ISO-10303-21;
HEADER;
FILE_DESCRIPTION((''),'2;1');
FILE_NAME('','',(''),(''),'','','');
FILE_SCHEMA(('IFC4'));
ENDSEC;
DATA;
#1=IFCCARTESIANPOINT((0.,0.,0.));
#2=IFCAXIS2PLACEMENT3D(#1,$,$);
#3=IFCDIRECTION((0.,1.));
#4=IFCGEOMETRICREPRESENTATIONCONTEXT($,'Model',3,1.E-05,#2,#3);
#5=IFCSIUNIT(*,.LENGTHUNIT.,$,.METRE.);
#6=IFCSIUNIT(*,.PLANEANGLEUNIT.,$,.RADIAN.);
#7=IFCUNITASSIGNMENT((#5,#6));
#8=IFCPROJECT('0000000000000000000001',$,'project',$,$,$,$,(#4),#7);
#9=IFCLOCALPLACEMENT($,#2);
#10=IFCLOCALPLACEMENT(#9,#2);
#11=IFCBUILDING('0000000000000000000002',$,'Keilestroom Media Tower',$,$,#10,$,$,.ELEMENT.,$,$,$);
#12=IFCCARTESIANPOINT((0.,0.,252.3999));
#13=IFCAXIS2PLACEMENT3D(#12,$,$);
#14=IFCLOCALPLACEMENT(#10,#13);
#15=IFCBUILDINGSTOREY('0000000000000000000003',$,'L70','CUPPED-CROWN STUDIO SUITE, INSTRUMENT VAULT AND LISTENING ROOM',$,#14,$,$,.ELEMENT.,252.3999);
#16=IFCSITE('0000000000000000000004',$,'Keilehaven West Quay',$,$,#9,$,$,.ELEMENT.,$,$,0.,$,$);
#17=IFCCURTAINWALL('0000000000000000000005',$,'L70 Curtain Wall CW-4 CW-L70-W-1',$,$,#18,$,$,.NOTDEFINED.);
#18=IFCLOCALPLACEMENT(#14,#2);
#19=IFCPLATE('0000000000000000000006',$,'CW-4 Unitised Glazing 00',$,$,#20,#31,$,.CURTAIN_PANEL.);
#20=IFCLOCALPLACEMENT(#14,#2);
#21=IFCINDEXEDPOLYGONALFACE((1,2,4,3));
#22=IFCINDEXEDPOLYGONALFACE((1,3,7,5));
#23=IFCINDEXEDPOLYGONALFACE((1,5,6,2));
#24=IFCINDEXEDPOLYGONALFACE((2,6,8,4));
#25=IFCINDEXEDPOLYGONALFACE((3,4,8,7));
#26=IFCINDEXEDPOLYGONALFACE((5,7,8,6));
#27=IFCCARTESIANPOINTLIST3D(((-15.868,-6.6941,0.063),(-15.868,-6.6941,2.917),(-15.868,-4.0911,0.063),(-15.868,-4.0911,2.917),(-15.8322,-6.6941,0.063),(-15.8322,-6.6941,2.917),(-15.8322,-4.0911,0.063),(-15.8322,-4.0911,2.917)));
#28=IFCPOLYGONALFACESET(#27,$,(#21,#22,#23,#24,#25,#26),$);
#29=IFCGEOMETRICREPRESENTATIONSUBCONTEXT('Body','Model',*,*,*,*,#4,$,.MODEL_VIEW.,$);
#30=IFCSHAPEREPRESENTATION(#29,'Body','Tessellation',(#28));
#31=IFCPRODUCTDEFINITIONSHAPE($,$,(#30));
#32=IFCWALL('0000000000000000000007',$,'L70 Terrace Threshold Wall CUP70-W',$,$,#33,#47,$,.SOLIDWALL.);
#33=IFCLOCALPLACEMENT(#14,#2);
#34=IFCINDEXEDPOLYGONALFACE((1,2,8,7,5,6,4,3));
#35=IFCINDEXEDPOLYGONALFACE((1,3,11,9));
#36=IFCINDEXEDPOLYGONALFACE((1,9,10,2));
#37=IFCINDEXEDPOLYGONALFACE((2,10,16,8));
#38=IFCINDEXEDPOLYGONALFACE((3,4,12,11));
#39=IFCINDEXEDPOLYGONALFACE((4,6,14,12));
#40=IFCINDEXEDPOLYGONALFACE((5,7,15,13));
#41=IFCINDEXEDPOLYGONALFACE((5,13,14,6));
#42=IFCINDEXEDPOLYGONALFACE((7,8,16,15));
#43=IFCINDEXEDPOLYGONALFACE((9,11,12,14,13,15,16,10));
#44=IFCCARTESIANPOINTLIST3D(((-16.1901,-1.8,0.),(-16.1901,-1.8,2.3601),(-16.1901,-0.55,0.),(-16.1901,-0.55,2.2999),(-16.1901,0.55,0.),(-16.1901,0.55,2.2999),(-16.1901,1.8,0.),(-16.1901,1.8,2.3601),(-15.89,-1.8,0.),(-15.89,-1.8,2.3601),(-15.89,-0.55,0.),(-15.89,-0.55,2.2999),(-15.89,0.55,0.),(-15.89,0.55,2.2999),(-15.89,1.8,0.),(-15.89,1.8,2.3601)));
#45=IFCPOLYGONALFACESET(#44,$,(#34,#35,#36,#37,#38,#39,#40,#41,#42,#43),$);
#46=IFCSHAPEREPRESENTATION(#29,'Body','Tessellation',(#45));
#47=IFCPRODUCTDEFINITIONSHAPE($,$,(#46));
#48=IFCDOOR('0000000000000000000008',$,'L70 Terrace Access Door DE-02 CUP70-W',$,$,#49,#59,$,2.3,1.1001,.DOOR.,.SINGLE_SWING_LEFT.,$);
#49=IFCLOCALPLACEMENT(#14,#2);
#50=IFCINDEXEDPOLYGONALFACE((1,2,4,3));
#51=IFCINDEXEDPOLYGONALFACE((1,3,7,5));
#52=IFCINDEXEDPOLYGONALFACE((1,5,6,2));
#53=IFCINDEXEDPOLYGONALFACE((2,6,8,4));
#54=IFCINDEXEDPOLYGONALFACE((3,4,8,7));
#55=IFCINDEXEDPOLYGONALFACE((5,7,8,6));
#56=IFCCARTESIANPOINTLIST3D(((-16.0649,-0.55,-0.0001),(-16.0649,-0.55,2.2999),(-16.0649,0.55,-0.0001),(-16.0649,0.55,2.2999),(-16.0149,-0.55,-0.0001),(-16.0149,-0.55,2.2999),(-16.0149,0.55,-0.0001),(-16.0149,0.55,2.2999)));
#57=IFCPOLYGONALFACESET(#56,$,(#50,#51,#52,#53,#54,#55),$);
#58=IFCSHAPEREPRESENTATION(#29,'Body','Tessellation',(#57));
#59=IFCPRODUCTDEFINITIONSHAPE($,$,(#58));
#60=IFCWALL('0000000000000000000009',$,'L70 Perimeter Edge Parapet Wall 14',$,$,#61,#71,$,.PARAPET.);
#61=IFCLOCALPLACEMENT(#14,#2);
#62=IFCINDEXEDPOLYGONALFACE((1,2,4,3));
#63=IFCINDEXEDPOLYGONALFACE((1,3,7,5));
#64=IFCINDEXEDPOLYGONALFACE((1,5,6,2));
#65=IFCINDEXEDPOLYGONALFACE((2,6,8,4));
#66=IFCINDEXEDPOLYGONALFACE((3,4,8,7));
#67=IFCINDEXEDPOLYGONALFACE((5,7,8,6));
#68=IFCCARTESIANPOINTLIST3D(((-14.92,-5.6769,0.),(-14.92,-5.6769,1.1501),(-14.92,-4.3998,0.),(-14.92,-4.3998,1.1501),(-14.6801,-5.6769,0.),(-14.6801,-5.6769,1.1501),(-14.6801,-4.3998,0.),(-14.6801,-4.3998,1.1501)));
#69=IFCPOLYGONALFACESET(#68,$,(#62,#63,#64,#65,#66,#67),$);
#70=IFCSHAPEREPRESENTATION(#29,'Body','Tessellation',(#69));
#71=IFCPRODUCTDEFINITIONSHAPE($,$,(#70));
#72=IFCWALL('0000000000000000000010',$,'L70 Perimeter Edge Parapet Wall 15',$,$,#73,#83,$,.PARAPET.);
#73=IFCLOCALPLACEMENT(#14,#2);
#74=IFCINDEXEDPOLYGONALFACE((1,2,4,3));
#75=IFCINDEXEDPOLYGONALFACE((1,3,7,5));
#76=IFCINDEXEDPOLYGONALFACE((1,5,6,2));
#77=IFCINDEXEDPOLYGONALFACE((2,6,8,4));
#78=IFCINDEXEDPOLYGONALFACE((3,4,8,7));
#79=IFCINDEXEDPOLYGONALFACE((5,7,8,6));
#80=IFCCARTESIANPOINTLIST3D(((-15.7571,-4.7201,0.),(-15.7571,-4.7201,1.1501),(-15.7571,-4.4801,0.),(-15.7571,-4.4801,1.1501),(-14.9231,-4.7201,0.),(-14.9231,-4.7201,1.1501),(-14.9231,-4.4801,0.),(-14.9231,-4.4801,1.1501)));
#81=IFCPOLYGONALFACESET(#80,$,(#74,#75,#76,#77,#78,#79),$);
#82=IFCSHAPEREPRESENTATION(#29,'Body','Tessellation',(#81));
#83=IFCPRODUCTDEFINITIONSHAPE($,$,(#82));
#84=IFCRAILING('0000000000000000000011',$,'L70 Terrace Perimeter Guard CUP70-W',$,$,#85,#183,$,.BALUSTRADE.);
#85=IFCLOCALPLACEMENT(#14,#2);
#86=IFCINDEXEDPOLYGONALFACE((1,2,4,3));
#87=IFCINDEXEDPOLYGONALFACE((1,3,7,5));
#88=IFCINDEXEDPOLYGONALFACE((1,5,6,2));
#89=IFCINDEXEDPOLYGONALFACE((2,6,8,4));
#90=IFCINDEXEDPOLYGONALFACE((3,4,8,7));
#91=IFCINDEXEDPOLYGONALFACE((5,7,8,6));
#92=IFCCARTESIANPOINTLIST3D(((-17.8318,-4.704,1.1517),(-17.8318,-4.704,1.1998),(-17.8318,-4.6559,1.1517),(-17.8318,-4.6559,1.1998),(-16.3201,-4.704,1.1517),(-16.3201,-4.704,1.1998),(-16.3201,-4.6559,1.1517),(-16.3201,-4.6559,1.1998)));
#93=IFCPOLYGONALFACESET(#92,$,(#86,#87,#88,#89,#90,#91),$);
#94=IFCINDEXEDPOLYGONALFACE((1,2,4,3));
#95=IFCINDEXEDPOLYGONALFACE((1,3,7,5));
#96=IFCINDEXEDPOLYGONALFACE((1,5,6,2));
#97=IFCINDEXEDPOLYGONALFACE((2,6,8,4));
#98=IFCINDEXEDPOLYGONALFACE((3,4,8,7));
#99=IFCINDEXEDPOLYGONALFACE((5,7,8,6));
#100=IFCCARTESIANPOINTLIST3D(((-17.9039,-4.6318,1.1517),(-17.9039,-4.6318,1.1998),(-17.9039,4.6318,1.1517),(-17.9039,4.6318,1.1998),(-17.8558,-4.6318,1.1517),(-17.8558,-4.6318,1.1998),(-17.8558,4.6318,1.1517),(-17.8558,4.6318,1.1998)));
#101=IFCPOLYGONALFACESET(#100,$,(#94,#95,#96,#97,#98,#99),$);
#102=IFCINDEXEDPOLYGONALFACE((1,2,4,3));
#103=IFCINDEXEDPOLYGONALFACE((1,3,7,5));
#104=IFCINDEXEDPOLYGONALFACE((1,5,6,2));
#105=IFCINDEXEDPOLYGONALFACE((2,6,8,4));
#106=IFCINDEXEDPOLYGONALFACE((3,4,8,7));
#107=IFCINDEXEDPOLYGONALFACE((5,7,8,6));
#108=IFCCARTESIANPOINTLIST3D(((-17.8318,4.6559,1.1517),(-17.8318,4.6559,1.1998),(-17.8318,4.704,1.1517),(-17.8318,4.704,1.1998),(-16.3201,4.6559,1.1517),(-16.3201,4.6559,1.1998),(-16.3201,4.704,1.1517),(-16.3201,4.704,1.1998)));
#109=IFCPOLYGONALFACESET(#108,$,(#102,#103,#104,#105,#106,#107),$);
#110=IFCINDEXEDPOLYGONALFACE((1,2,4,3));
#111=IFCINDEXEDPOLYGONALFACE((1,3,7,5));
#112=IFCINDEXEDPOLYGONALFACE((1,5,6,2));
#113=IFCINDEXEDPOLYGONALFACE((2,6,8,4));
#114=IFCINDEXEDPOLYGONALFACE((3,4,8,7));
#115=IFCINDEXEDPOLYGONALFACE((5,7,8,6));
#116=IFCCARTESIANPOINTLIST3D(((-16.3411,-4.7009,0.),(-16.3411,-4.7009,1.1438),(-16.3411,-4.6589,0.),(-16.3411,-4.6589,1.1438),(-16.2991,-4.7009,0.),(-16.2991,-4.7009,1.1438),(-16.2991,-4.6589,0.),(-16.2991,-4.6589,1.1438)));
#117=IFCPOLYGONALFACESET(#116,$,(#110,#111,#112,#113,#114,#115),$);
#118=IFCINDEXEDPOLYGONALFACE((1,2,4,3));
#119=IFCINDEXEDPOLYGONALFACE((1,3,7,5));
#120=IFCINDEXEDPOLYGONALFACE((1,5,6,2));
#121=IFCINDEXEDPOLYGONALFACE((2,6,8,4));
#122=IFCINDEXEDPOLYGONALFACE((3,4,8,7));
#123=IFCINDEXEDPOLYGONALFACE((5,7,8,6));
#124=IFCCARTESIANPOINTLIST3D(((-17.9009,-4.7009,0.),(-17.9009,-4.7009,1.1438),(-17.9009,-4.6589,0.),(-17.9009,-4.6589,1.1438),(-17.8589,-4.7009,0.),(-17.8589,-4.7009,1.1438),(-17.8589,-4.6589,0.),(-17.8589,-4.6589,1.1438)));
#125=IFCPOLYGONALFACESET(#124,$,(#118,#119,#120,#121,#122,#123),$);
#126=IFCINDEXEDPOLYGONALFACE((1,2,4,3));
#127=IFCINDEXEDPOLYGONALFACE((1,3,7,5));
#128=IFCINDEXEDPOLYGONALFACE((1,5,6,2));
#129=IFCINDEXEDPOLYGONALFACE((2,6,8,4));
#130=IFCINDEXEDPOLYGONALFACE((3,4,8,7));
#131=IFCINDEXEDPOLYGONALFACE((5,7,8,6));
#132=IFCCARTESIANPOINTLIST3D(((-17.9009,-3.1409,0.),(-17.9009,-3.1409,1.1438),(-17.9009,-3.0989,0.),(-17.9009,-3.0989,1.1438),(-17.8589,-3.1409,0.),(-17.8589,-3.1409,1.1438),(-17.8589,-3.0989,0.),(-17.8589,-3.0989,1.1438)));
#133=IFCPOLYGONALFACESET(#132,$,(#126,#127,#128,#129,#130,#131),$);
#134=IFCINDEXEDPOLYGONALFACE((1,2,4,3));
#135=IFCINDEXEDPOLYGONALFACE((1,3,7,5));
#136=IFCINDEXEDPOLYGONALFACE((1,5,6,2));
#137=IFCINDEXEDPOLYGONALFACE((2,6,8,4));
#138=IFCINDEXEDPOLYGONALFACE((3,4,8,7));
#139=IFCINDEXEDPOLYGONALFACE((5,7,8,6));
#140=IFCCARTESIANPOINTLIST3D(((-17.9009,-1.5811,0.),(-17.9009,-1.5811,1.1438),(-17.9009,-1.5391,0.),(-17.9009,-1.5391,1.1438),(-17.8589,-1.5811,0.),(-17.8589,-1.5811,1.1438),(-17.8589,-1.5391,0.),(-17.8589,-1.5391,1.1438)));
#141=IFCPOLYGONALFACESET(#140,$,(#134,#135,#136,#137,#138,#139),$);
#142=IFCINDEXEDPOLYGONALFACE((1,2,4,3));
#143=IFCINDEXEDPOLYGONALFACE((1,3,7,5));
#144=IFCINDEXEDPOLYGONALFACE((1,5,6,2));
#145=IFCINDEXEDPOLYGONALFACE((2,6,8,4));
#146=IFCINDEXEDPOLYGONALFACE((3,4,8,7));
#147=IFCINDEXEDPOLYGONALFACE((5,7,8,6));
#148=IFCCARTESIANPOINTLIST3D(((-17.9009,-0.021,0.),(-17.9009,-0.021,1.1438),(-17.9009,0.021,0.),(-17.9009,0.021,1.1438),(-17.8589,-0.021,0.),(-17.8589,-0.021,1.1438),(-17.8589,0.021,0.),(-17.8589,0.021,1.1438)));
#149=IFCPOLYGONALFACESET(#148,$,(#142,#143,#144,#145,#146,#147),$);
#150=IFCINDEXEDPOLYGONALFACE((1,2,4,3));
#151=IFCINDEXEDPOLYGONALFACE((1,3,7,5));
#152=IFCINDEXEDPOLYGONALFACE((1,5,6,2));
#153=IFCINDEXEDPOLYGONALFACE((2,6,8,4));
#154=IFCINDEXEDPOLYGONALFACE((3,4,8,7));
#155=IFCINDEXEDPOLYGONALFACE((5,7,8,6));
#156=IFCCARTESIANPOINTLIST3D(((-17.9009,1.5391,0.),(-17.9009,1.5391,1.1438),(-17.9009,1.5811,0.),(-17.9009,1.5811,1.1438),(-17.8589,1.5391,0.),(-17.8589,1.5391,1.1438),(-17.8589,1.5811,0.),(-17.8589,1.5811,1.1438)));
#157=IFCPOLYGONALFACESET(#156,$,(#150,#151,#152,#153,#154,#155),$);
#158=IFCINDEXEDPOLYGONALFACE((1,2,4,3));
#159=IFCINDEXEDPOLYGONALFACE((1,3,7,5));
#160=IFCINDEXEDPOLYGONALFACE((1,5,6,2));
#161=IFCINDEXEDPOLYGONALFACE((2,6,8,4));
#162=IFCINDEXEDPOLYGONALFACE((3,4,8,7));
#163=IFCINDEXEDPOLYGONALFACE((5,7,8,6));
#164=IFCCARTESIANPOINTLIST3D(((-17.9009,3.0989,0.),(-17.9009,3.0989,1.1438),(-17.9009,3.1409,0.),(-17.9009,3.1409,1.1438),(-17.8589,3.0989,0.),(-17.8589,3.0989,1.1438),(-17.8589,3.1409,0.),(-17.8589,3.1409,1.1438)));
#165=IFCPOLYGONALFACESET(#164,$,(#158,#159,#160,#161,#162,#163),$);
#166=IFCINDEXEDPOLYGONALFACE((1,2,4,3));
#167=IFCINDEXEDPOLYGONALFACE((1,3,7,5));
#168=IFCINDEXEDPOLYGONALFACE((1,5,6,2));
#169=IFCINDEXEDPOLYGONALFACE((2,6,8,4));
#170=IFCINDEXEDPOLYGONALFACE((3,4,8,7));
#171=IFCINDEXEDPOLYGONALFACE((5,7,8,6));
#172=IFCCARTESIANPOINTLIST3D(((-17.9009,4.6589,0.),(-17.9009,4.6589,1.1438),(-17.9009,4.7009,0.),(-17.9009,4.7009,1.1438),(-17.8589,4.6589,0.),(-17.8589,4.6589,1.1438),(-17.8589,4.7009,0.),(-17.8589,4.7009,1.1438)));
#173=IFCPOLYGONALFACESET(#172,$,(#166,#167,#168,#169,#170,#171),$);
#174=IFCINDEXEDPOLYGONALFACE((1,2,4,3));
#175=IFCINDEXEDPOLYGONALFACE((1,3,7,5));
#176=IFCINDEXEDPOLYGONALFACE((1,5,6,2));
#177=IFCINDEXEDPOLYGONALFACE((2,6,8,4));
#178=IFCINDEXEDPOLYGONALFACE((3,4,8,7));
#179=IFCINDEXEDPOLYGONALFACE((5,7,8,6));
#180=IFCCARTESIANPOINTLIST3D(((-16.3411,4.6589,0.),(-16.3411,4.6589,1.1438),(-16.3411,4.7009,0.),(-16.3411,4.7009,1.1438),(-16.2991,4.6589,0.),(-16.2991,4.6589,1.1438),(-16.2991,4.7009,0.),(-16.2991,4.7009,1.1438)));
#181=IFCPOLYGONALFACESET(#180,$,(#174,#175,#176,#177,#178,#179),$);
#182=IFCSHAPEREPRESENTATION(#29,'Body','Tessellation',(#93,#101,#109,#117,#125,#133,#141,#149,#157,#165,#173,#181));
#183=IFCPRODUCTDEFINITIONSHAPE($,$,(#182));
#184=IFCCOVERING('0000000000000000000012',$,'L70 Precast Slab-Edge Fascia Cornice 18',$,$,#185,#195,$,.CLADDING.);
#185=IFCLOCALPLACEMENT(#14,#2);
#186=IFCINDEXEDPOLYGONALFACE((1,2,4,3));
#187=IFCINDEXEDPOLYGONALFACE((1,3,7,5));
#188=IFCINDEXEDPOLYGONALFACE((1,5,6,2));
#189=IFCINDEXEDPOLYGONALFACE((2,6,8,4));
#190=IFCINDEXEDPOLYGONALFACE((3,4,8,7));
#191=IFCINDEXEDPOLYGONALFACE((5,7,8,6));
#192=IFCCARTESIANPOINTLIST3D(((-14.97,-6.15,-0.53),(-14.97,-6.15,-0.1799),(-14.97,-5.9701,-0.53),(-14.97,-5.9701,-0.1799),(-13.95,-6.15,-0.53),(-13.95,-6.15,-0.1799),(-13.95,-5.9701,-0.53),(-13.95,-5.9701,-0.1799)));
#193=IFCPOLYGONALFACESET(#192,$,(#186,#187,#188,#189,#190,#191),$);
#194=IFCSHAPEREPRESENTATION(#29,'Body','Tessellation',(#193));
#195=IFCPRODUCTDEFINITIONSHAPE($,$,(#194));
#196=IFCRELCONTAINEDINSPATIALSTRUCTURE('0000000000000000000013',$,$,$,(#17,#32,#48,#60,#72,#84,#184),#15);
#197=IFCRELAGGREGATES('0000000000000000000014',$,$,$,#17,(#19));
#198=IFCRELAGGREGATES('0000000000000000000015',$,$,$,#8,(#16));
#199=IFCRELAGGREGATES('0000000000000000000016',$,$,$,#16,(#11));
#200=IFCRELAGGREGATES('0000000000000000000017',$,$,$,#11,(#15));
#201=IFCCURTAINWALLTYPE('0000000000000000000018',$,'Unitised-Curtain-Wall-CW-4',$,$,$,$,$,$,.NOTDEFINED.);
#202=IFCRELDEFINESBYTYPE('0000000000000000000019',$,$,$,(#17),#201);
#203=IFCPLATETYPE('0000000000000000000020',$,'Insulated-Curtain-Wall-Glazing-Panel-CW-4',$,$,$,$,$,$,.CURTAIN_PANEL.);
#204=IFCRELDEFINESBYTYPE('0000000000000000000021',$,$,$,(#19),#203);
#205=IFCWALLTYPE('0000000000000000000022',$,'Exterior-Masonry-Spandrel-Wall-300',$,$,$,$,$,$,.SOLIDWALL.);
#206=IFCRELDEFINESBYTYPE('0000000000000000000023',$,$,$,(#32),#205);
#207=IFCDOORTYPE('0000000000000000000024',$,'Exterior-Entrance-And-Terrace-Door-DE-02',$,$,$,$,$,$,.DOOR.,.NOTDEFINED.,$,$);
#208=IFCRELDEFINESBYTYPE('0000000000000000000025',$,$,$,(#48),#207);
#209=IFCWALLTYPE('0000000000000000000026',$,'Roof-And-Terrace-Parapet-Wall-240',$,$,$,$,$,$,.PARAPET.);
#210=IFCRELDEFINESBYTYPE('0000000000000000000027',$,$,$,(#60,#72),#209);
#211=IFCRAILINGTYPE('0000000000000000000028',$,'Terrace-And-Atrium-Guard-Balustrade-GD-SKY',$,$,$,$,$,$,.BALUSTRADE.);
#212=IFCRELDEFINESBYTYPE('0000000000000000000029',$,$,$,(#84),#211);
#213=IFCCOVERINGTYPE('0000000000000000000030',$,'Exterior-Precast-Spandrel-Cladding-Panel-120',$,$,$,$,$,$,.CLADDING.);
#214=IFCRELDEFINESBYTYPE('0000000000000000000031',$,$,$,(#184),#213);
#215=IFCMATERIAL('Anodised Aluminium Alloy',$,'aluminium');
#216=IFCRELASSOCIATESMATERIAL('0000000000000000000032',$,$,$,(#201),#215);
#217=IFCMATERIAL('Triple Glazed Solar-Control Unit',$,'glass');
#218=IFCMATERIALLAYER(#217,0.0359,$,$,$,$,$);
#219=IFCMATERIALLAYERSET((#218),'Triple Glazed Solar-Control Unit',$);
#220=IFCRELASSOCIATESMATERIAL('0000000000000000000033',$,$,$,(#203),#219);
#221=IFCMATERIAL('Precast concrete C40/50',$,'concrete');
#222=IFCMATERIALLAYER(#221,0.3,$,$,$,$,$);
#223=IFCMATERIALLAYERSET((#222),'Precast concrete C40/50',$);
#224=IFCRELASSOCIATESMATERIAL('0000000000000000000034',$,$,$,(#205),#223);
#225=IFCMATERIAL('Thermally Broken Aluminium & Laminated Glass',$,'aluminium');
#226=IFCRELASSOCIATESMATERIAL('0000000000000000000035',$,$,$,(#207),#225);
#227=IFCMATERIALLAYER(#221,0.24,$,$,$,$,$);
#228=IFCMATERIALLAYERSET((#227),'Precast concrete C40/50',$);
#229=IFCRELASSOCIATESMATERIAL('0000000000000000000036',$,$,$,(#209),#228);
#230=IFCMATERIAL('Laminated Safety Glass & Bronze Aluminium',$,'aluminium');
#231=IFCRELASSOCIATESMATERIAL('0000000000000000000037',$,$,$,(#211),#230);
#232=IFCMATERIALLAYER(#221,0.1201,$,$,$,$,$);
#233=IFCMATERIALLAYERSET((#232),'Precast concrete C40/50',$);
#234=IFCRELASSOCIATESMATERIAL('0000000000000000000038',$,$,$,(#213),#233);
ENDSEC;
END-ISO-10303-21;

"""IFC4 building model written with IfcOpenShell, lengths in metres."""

from ifc_helpers import new_model, si_unit, direction, frame, frame_2d, origin, origin_2d, place, context, subcontext, project, spatial, rectangle, extrude, source, transform, mapped, material, layer, layer_set, type_object, element, fill, aggregate, save


model = new_model("IFC4")

# Units and contexts
model_context = context("Model", 3, precision=1e-05, world=origin(), true_north=direction((0.0, 1.0)))
body_context = subcontext(model_context, "Body", "Model", "MODEL_VIEW")
ifc_project = project(units=[si_unit("LENGTHUNIT", "METRE"), si_unit("PLANEANGLEUNIT", "RADIAN")], contexts=[model_context])

# Site, building, storey
site_placement = place(None, origin())
site = spatial("IfcSite", under=ifc_project, at=site_placement, Name="Keilehaven West Quay", CompositionType="ELEMENT", RefElevation=0.0)
building_placement = place(site_placement, origin())
building = spatial("IfcBuilding", under=site, at=building_placement, Name="Keilestroom Media Tower", CompositionType="ELEMENT")
storey_placement = place(building_placement, frame((0.0, 0.0, 252.3999)))
storey = spatial("IfcBuildingStorey", under=building, at=storey_placement, Name="L70", Description="CUPPED-CROWN STUDIO SUITE, INSTRUMENT VAULT AND LISTENING ROOM", CompositionType="ELEMENT", Elevation=252.3999)

# Shared definitions
ifc_material_1 = material(Name="Precast concrete C40/50", Category="concrete")

# Curtain wall, plate
ifc_material_2 = material(Name="Anodised Aluminium Alloy", Category="aluminium")
curtain_wall_type = type_object("IfcCurtainWallType", Name="Unitised-Curtain-Wall-CW-4", PredefinedType="NOTDEFINED", material=ifc_material_2)
curtain_wall_placement = place(storey_placement, origin())
curtain_wall = element("IfcCurtainWall", 1, at=curtain_wall_placement, inside=storey, type_object=curtain_wall_type, Name="L70 Curtain Wall CW-4 CW-L70-W-1", PredefinedType="NOTDEFINED")
ifc_material_3 = material(Name="Triple Glazed Solar-Control Unit", Category="glass")
ifc_layer_1 = layer(ifc_material_3, 0.0359)
ifc_layer_set_1 = layer_set([ifc_layer_1], Name="Triple Glazed Solar-Control Unit")
plate_type = type_object("IfcPlateType", Name="Insulated-Curtain-Wall-Glazing-Panel-CW-4", PredefinedType="CURTAIN_PANEL", material=ifc_layer_set_1)
shared_shape_1 = source(origin(), body_context, "Body", "SweptSolid", [
    extrude(rectangle(XDim=2.603, YDim=0.0359, at=origin_2d()), origin(), (0.0, 0.0, 1.0), 2.854),
])
plate_placement = place(storey_placement, frame((-15.8501, -5.3926, 0.063), z_axis=(0.0, 0.0, 1.0), x_axis=(0.0, 1.0, 0.0)))
plate = element("IfcPlate", 2, at=plate_placement, type_object=plate_type, Name="CW-4 Unitised Glazing 00", PredefinedType="CURTAIN_PANEL", context=body_context, shape_type="MappedRepresentation", body=[
    mapped(shared_shape_1, transform((0.0, 0.0, 0.0), x_axis=(1.0, 0.0, 0.0), y_axis=(0.0, 1.0, 0.0), z_axis=(0.0, 0.0, 1.0), scale=1.0)),
])
aggregate(curtain_wall, [plate])

# Wall, opening, door
ifc_layer_2 = layer(ifc_material_1, 0.3)
ifc_layer_set_2 = layer_set([ifc_layer_2], Name="Precast concrete C40/50")
wall_type_1 = type_object("IfcWallType", Name="Exterior-Masonry-Spandrel-Wall-300", PredefinedType="SOLIDWALL", material=ifc_layer_set_2)
wall_1_placement = place(storey_placement, frame((-16.04, -1.8, 0.0), z_axis=(0.0, 0.0, 1.0), x_axis=(0.0, 1.0, 0.0)))
wall_1 = element("IfcWall", 3, at=wall_1_placement, inside=storey, type_object=wall_type_1, Name="L70 Terrace Threshold Wall CUP70-W", PredefinedType="SOLIDWALL", context=body_context, shape_type="SweptSolid", body=[
    extrude(rectangle(XDim=3.6001, YDim=0.3, at=frame_2d((1.8, 0.0))), origin(), (0.0, 0.0, 1.0), 2.3601),
])
opening_placement = place(wall_1_placement, frame((1.25, 0.0, 0.0)))
opening = element("IfcOpeningElement", 4, at=opening_placement, cuts=wall_1, PredefinedType="OPENING", context=body_context, shape_type="SweptSolid", body=[
    extrude(rectangle(XDim=1.1001, YDim=2.3, at=frame_2d((0.55, 1.1499))), frame((0.0, 0.1602, 0.0), z_axis=(0.0, -1.0, 0.0), x_axis=(1.0, 0.0, 0.0)), (0.0, 0.0, 1.0), 0.3201),
])
ifc_material_4 = material(Name="Thermally Broken Aluminium & Laminated Glass", Category="aluminium")
door_type = type_object("IfcDoorType", Name="Exterior-Entrance-And-Terrace-Door-DE-02", OperationType="NOTDEFINED", PredefinedType="DOOR", material=ifc_material_4)
shared_shape_2 = source(origin(), body_context, "Body", "SweptSolid", [
    extrude(rectangle(XDim=1.1001, YDim=2.3, at=frame_2d((0.55, 1.1499))), frame((0.0, 0.0249, 0.0), z_axis=(0.0, -1.0, 0.0), x_axis=(1.0, 0.0, 0.0)), (0.0, 0.0, 1.0), 0.05),
])
door_placement = place(opening_placement, origin())
door = element("IfcDoor", 5, at=door_placement, inside=storey, type_object=door_type, Name="L70 Terrace Access Door DE-02 CUP70-W", OperationType="SINGLE_SWING_LEFT", OverallHeight=2.3, OverallWidth=1.1001, PredefinedType="DOOR", context=body_context, shape_type="MappedRepresentation", body=[
    mapped(shared_shape_2, transform((0.0, 0.0, 0.0), x_axis=(1.0, 0.0, 0.0), y_axis=(0.0, 1.0, 0.0), z_axis=(0.0, 0.0, 1.0), scale=1.0)),
])
fill(opening, door)

# Walls
ifc_layer_3 = layer(ifc_material_1, 0.24)
ifc_layer_set_3 = layer_set([ifc_layer_3], Name="Precast concrete C40/50")
wall_type_2 = type_object("IfcWallType", Name="Roof-And-Terrace-Parapet-Wall-240", PredefinedType="PARAPET", material=ifc_layer_set_3)
wall_2_placement = place(storey_placement, frame((-14.8, -5.677, 0.0), z_axis=(0.0, 0.0, 1.0), x_axis=(0.0, 1.0, 0.0)))
element("IfcWall", 6, at=wall_2_placement, inside=storey, type_object=wall_type_2, Name="L70 Perimeter Edge Parapet Wall 14", PredefinedType="PARAPET", context=body_context, shape_type="SweptSolid", body=[
    extrude(rectangle(XDim=1.2771, YDim=0.24, at=frame_2d((0.6387, 0.0))), origin(), (0.0, 0.0, 1.0), 1.1501),
])
wall_3_placement = place(storey_placement, frame((-14.9231, -4.6001, 0.0), z_axis=(0.0, 0.0, 1.0), x_axis=(-1.0, 0.0, 0.0)))
element("IfcWall", 7, at=wall_3_placement, inside=storey, type_object=wall_type_2, Name="L70 Perimeter Edge Parapet Wall 15", PredefinedType="PARAPET", context=body_context, shape_type="SweptSolid", body=[
    extrude(rectangle(XDim=0.834, YDim=0.24, at=frame_2d((0.417, 0.0))), origin(), (0.0, 0.0, 1.0), 1.1501),
])

# Railing
ifc_material_5 = material(Name="Laminated Safety Glass & Bronze Aluminium", Category="aluminium")
railing_type = type_object("IfcRailingType", Name="Terrace-And-Atrium-Guard-Balustrade-GD-SKY", PredefinedType="BALUSTRADE", material=ifc_material_5)
railing_placement = place(storey_placement, frame((-16.3201, -4.6799, 0.0)))
element("IfcRailing", 8, at=railing_placement, inside=storey, type_object=railing_type, Name="L70 Terrace Perimeter Guard CUP70-W", PredefinedType="BALUSTRADE", context=body_context, shape_type="SweptSolid", body=[
    extrude(rectangle(XDim=0.0481, YDim=0.0481, at=origin_2d()), frame((0.0, 0.0, 1.1758), z_axis=(-1.0, 0.0, 0.0), x_axis=(0.0, -1.0, 0.0)), (0.0, 0.0, 1.0), 1.5117),
    extrude(rectangle(XDim=0.0481, YDim=0.0481, at=origin_2d()), frame((-1.5598, 0.0481, 1.1758), z_axis=(0.0, 1.0, 0.0), x_axis=(-1.0, 0.0, 0.0)), (0.0, 0.0, 1.0), 9.2637),
    extrude(rectangle(XDim=0.0481, YDim=0.0481, at=origin_2d()), frame((-1.5117, 9.3599, 1.1758), z_axis=(1.0, 0.0, 0.0), x_axis=(0.0, 1.0, 0.0)), (0.0, 0.0, 1.0), 1.5117),
    extrude(rectangle(XDim=0.042, YDim=0.042, at=origin_2d()), origin(), (0.0, 0.0, 1.0), 1.1438),
    extrude(rectangle(XDim=0.042, YDim=0.042, at=origin_2d()), frame((-1.5598, 0.0, 0.0)), (0.0, 0.0, 1.0), 1.1438),
    extrude(rectangle(XDim=0.042, YDim=0.042, at=origin_2d()), frame((-1.5598, 1.5601, 0.0)), (0.0, 0.0, 1.0), 1.1438),
    extrude(rectangle(XDim=0.042, YDim=0.042, at=origin_2d()), frame((-1.5598, 3.1199, 0.0)), (0.0, 0.0, 1.0), 1.1438),
    extrude(rectangle(XDim=0.042, YDim=0.042, at=origin_2d()), frame((-1.5598, 4.6799, 0.0)), (0.0, 0.0, 1.0), 1.1438),
    extrude(rectangle(XDim=0.042, YDim=0.042, at=origin_2d()), frame((-1.5598, 6.24, 0.0)), (0.0, 0.0, 1.0), 1.1438),
    extrude(rectangle(XDim=0.042, YDim=0.042, at=origin_2d()), frame((-1.5598, 7.7998, 0.0)), (0.0, 0.0, 1.0), 1.1438),
    extrude(rectangle(XDim=0.042, YDim=0.042, at=origin_2d()), frame((-1.5598, 9.3599, 0.0)), (0.0, 0.0, 1.0), 1.1438),
    extrude(rectangle(XDim=0.042, YDim=0.042, at=origin_2d()), frame((0.0, 9.3599, 0.0)), (0.0, 0.0, 1.0), 1.1438),
])

# Covering
ifc_layer_4 = layer(ifc_material_1, 0.1201)
ifc_layer_set_4 = layer_set([ifc_layer_4], Name="Precast concrete C40/50")
covering_type = type_object("IfcCoveringType", Name="Exterior-Precast-Spandrel-Cladding-Panel-120", PredefinedType="CLADDING", material=ifc_layer_set_4)
shared_shape_3 = source(origin(), body_context, "Body", "SweptSolid", [
    extrude(rectangle(XDim=1.02, YDim=0.1799, at=origin_2d()), origin(), (0.0, 0.0, 1.0), 0.3501),
])
for number, where, z_axis, x_axis, name in (
    (9, (-14.46, -6.0601, -0.53), (0.0, 0.0, 1.0), (-1.0, 0.0, 0.0), "L70 Precast Slab-Edge Fascia Cornice 18"),
):
    element("IfcCovering", number, at=place(storey_placement, frame(where, z_axis=z_axis, x_axis=x_axis)), inside=storey, type_object=covering_type, Name=name, PredefinedType="CLADDING", context=body_context, shape_type="MappedRepresentation", body=[
        mapped(shared_shape_3, transform((0.0, 0.0, 0.0), x_axis=(1.0, 0.0, 0.0), y_axis=(0.0, 1.0, 0.0), z_axis=(0.0, 0.0, 1.0), scale=1.0)),
    ])

save(model, "model.ifc")
